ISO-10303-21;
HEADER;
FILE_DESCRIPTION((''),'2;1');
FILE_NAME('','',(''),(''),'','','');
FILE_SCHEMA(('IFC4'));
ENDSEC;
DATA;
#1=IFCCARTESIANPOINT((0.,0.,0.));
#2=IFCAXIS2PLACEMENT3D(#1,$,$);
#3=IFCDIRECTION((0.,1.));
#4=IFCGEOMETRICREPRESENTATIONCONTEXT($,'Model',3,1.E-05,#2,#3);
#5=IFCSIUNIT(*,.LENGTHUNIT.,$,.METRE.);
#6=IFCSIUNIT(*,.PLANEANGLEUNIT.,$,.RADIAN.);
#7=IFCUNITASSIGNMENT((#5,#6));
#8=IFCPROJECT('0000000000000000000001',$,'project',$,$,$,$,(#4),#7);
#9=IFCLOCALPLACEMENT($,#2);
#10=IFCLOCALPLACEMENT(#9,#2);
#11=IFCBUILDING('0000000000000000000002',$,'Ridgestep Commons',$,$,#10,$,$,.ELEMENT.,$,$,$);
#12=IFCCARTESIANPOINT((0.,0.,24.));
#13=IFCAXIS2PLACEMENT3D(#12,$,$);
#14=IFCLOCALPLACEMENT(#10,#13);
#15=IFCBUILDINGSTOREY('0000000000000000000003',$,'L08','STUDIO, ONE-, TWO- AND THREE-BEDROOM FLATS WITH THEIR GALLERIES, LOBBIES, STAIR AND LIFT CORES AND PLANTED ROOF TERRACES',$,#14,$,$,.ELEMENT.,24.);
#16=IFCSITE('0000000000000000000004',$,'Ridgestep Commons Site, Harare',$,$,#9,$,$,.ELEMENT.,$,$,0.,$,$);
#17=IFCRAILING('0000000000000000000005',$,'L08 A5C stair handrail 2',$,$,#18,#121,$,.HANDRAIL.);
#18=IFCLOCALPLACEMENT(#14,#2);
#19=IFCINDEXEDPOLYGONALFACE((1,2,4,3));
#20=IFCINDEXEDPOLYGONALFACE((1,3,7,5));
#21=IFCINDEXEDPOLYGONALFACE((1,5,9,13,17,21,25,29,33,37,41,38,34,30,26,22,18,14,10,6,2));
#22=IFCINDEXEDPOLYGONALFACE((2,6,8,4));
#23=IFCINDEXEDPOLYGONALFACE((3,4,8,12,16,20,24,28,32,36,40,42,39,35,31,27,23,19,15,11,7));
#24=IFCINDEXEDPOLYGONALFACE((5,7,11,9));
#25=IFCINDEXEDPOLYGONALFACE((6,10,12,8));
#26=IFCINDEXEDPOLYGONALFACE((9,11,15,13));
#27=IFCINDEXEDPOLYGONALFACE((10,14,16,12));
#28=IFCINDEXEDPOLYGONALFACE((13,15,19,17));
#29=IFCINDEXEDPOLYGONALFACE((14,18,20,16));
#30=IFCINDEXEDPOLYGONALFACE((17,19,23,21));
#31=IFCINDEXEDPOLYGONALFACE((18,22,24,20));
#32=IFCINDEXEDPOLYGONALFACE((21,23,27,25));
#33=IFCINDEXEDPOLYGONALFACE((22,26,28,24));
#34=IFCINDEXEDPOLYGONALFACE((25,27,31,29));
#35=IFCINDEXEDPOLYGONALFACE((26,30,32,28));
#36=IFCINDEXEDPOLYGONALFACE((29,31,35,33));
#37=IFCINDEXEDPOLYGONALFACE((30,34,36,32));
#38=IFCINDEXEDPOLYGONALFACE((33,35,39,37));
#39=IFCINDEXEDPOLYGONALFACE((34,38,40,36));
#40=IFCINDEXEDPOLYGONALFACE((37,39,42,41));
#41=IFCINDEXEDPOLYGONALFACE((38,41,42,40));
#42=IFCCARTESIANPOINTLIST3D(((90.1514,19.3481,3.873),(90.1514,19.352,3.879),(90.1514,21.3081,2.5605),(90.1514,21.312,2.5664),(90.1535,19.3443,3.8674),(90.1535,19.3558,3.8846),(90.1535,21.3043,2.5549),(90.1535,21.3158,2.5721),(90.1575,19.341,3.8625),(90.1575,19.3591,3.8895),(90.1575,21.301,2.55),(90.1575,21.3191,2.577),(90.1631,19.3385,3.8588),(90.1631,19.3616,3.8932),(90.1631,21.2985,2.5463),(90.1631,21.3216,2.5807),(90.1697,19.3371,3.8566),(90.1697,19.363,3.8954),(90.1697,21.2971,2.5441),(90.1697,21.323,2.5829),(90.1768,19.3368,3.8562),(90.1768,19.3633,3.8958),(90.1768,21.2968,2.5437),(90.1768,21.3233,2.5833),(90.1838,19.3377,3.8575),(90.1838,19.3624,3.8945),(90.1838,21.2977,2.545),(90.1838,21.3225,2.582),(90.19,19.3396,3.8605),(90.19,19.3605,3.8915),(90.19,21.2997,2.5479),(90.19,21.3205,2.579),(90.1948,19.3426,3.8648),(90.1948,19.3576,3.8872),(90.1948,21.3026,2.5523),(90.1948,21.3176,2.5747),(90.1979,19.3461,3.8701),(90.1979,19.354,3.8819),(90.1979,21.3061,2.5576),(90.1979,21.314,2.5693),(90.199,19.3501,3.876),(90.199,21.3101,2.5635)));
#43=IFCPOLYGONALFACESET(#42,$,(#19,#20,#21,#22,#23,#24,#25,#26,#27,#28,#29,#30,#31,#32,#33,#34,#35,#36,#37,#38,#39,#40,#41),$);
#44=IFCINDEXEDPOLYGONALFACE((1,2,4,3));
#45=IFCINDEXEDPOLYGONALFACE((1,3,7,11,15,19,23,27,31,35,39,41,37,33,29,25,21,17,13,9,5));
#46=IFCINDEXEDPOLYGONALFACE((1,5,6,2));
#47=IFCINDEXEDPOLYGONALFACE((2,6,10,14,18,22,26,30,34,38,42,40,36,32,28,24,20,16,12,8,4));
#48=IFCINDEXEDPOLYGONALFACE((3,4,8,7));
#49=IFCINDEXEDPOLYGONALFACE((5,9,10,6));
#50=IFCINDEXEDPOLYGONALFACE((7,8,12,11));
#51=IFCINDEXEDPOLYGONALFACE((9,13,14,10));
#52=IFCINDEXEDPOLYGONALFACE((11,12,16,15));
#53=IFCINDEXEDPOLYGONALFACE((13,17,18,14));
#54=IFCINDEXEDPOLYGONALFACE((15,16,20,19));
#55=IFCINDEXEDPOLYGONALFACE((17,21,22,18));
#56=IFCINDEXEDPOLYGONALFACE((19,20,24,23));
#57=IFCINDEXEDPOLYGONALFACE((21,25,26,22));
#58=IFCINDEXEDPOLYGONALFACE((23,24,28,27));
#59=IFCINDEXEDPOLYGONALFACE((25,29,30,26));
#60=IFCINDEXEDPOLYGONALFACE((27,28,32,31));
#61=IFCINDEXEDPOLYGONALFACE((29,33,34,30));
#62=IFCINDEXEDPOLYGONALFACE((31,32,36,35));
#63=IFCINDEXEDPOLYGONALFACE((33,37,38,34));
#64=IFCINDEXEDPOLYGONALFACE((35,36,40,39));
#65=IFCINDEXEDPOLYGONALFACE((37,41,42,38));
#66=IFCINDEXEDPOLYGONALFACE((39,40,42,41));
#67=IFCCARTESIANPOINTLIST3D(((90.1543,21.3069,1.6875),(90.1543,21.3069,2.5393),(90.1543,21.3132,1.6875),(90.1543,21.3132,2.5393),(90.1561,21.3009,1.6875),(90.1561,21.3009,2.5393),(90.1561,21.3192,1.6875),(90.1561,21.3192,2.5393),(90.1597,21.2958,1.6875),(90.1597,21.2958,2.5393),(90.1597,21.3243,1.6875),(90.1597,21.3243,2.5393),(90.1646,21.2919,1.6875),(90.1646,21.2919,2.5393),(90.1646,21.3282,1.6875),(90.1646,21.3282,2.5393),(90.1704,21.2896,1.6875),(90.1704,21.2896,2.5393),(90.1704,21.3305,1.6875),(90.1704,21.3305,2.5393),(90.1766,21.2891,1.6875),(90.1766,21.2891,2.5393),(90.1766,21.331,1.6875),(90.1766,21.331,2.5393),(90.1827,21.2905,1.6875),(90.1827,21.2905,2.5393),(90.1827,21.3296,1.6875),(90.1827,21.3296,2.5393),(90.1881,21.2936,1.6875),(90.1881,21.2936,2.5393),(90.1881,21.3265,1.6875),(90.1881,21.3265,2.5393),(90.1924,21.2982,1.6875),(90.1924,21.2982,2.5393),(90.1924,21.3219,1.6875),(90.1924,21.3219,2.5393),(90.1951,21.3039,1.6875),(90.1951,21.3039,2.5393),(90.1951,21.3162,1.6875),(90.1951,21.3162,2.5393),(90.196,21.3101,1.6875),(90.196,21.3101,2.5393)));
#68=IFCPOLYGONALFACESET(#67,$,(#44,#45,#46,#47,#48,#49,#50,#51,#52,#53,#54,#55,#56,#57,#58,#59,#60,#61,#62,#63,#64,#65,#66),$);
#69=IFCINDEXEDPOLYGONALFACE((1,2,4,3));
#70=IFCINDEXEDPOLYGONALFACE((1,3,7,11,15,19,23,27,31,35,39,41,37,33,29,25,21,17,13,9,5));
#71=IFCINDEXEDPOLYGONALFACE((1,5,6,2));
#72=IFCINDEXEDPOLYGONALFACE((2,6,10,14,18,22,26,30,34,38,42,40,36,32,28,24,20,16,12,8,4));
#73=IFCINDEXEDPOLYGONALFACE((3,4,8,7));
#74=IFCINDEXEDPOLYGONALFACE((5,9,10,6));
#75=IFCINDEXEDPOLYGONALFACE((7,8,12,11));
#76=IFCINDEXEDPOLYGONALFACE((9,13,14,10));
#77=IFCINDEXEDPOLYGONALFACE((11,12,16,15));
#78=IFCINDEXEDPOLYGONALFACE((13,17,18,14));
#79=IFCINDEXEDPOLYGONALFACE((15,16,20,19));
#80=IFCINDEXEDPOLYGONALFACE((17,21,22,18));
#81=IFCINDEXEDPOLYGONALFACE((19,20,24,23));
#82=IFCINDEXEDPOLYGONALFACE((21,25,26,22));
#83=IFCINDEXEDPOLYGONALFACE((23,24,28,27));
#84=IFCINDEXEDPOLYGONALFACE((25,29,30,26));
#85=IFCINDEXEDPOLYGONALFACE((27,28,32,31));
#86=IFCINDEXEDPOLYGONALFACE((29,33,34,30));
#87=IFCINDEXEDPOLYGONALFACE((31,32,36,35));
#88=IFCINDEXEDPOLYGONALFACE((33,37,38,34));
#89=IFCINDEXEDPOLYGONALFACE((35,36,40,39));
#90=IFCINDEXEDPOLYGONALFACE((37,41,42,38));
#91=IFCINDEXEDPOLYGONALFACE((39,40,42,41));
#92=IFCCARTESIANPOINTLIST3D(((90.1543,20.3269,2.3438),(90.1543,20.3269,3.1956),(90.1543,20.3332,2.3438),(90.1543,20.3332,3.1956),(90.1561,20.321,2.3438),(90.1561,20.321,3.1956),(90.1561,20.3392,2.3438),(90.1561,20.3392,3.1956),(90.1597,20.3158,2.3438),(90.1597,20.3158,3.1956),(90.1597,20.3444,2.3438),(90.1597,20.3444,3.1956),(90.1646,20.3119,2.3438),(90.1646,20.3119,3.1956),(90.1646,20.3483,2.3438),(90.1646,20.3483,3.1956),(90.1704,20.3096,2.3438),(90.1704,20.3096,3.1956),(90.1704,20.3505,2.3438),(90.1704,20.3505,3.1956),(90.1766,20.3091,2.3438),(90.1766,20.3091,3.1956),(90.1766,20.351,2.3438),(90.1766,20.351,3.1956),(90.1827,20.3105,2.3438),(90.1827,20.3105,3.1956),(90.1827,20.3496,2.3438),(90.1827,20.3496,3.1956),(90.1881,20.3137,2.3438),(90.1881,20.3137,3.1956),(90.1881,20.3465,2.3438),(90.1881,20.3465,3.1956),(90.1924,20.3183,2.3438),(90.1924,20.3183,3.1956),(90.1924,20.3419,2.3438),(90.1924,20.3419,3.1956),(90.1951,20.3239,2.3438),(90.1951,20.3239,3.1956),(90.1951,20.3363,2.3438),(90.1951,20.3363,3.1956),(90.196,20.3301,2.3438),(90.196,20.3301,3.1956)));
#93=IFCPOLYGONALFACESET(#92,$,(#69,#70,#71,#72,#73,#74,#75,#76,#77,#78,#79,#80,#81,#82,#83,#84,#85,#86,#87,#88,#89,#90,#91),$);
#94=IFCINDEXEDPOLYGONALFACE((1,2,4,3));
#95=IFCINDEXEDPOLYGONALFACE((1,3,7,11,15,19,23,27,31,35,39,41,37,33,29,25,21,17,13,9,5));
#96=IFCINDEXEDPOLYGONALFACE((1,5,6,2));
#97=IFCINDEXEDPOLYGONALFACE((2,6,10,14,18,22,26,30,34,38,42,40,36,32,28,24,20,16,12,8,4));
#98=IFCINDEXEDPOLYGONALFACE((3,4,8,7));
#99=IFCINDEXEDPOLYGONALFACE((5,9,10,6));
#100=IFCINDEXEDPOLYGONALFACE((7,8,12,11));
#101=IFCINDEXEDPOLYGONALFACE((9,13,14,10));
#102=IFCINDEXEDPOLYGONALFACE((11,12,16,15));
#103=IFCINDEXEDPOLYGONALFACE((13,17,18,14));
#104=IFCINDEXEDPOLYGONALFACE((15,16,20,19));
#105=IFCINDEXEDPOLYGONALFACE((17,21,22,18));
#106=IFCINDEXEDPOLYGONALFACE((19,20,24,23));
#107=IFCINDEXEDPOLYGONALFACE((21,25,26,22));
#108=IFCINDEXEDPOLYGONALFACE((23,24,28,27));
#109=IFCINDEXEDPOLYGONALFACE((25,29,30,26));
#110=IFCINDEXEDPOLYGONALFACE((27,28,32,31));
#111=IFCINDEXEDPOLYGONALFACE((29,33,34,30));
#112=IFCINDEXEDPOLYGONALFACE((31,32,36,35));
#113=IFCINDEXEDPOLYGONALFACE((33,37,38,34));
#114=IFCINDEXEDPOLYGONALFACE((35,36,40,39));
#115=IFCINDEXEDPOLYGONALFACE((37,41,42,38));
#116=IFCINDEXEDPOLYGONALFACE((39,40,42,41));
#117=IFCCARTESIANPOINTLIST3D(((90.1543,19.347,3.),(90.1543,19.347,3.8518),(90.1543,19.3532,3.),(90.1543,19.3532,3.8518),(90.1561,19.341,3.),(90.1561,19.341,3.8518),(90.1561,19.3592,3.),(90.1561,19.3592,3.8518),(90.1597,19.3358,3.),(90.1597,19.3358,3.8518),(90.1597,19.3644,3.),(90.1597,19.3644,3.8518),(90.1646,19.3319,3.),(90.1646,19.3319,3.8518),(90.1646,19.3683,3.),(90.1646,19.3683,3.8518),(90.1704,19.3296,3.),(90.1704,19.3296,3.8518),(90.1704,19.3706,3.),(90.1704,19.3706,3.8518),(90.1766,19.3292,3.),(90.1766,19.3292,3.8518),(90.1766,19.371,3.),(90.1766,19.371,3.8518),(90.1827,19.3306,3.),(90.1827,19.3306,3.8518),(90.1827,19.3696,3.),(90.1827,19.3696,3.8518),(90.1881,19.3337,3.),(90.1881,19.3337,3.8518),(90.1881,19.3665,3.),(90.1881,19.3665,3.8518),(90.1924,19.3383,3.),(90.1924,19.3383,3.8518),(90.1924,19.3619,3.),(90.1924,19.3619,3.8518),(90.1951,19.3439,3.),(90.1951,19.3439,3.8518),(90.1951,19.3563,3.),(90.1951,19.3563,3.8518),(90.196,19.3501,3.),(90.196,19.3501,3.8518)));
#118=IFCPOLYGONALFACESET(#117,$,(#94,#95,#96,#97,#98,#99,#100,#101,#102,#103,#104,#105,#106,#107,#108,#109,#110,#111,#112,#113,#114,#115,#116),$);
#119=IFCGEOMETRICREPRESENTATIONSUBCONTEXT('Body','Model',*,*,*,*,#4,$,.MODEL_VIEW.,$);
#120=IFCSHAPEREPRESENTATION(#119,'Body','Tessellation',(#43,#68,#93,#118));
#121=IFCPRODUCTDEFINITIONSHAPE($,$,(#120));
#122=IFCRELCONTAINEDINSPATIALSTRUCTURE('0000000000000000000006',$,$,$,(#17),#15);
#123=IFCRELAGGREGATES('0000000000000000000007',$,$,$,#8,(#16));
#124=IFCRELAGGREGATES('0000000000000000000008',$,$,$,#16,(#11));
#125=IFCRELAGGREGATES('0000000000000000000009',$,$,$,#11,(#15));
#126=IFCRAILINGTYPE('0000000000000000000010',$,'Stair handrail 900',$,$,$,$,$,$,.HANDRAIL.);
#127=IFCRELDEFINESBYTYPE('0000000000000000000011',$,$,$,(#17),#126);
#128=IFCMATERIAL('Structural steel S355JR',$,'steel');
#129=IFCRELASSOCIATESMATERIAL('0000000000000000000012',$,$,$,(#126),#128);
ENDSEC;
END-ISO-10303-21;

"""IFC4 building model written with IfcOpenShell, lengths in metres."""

from ifc_helpers import new_model, si_unit, direction, frame, origin, origin_2d, place, context, subcontext, project, spatial, circle, extrude, material, type_object, element, save


model = new_model("IFC4")

# Units and contexts
model_context = context("Model", 3, precision=1e-05, world=origin(), true_north=direction((0.0, 1.0)))
body_context = subcontext(model_context, "Body", "Model", "MODEL_VIEW")
ifc_project = project(units=[si_unit("LENGTHUNIT", "METRE"), si_unit("PLANEANGLEUNIT", "RADIAN")], contexts=[model_context])

# Site, building, storey
site_placement = place(None, origin())
site = spatial("IfcSite", under=ifc_project, at=site_placement, Name="Ridgestep Commons Site, Harare", CompositionType="ELEMENT", RefElevation=0.0)
building_placement = place(site_placement, origin())
building = spatial("IfcBuilding", under=site, at=building_placement, Name="Ridgestep Commons", CompositionType="ELEMENT")
storey_placement = place(building_placement, frame((0.0, 0.0, 24.0)))
storey = spatial("IfcBuildingStorey", under=building, at=storey_placement, Name="L08", Description="STUDIO, ONE-, TWO- AND THREE-BEDROOM FLATS WITH THEIR GALLERIES, LOBBIES, STAIR AND LIFT CORES AND PLANTED ROOF TERRACES", CompositionType="ELEMENT", Elevation=24.0)

# Railing
ifc_material_1 = material(Name="Structural steel S355JR", Category="steel")
railing_type_1 = type_object("IfcRailingType", Name="Stair handrail 900", PredefinedType="HANDRAIL", material=ifc_material_1)
railing_1_placement = place(storey_placement, frame((90.175, 21.3101, 1.6875)))
element("IfcRailing", 1, at=railing_1_placement, inside=storey, type_object=railing_type_1, Name="L08 A5C stair handrail 2", PredefinedType="HANDRAIL", context=body_context, shape_type="SweptSolid", body=[
    extrude(circle(Radius=0.0239, at=origin_2d()), frame((0.0, 0.0, 0.876), z_axis=(0.0, -0.830902, 0.556419), x_axis=(1.0, 0.0, 0.0)), (0.0, 0.0, 1.0), 2.3589),
    extrude(circle(Radius=0.021, at=origin_2d()), origin(), (0.0, 0.0, 1.0), 0.8518),
    extrude(circle(Radius=0.021, at=origin_2d()), frame((0.0, -0.98, 0.6562)), (0.0, 0.0, 1.0), 0.8518),
    extrude(circle(Radius=0.021, at=origin_2d()), frame((0.0, -1.96, 1.3125)), (0.0, 0.0, 1.0), 0.8518),
])

save(model, "model.ifc")
